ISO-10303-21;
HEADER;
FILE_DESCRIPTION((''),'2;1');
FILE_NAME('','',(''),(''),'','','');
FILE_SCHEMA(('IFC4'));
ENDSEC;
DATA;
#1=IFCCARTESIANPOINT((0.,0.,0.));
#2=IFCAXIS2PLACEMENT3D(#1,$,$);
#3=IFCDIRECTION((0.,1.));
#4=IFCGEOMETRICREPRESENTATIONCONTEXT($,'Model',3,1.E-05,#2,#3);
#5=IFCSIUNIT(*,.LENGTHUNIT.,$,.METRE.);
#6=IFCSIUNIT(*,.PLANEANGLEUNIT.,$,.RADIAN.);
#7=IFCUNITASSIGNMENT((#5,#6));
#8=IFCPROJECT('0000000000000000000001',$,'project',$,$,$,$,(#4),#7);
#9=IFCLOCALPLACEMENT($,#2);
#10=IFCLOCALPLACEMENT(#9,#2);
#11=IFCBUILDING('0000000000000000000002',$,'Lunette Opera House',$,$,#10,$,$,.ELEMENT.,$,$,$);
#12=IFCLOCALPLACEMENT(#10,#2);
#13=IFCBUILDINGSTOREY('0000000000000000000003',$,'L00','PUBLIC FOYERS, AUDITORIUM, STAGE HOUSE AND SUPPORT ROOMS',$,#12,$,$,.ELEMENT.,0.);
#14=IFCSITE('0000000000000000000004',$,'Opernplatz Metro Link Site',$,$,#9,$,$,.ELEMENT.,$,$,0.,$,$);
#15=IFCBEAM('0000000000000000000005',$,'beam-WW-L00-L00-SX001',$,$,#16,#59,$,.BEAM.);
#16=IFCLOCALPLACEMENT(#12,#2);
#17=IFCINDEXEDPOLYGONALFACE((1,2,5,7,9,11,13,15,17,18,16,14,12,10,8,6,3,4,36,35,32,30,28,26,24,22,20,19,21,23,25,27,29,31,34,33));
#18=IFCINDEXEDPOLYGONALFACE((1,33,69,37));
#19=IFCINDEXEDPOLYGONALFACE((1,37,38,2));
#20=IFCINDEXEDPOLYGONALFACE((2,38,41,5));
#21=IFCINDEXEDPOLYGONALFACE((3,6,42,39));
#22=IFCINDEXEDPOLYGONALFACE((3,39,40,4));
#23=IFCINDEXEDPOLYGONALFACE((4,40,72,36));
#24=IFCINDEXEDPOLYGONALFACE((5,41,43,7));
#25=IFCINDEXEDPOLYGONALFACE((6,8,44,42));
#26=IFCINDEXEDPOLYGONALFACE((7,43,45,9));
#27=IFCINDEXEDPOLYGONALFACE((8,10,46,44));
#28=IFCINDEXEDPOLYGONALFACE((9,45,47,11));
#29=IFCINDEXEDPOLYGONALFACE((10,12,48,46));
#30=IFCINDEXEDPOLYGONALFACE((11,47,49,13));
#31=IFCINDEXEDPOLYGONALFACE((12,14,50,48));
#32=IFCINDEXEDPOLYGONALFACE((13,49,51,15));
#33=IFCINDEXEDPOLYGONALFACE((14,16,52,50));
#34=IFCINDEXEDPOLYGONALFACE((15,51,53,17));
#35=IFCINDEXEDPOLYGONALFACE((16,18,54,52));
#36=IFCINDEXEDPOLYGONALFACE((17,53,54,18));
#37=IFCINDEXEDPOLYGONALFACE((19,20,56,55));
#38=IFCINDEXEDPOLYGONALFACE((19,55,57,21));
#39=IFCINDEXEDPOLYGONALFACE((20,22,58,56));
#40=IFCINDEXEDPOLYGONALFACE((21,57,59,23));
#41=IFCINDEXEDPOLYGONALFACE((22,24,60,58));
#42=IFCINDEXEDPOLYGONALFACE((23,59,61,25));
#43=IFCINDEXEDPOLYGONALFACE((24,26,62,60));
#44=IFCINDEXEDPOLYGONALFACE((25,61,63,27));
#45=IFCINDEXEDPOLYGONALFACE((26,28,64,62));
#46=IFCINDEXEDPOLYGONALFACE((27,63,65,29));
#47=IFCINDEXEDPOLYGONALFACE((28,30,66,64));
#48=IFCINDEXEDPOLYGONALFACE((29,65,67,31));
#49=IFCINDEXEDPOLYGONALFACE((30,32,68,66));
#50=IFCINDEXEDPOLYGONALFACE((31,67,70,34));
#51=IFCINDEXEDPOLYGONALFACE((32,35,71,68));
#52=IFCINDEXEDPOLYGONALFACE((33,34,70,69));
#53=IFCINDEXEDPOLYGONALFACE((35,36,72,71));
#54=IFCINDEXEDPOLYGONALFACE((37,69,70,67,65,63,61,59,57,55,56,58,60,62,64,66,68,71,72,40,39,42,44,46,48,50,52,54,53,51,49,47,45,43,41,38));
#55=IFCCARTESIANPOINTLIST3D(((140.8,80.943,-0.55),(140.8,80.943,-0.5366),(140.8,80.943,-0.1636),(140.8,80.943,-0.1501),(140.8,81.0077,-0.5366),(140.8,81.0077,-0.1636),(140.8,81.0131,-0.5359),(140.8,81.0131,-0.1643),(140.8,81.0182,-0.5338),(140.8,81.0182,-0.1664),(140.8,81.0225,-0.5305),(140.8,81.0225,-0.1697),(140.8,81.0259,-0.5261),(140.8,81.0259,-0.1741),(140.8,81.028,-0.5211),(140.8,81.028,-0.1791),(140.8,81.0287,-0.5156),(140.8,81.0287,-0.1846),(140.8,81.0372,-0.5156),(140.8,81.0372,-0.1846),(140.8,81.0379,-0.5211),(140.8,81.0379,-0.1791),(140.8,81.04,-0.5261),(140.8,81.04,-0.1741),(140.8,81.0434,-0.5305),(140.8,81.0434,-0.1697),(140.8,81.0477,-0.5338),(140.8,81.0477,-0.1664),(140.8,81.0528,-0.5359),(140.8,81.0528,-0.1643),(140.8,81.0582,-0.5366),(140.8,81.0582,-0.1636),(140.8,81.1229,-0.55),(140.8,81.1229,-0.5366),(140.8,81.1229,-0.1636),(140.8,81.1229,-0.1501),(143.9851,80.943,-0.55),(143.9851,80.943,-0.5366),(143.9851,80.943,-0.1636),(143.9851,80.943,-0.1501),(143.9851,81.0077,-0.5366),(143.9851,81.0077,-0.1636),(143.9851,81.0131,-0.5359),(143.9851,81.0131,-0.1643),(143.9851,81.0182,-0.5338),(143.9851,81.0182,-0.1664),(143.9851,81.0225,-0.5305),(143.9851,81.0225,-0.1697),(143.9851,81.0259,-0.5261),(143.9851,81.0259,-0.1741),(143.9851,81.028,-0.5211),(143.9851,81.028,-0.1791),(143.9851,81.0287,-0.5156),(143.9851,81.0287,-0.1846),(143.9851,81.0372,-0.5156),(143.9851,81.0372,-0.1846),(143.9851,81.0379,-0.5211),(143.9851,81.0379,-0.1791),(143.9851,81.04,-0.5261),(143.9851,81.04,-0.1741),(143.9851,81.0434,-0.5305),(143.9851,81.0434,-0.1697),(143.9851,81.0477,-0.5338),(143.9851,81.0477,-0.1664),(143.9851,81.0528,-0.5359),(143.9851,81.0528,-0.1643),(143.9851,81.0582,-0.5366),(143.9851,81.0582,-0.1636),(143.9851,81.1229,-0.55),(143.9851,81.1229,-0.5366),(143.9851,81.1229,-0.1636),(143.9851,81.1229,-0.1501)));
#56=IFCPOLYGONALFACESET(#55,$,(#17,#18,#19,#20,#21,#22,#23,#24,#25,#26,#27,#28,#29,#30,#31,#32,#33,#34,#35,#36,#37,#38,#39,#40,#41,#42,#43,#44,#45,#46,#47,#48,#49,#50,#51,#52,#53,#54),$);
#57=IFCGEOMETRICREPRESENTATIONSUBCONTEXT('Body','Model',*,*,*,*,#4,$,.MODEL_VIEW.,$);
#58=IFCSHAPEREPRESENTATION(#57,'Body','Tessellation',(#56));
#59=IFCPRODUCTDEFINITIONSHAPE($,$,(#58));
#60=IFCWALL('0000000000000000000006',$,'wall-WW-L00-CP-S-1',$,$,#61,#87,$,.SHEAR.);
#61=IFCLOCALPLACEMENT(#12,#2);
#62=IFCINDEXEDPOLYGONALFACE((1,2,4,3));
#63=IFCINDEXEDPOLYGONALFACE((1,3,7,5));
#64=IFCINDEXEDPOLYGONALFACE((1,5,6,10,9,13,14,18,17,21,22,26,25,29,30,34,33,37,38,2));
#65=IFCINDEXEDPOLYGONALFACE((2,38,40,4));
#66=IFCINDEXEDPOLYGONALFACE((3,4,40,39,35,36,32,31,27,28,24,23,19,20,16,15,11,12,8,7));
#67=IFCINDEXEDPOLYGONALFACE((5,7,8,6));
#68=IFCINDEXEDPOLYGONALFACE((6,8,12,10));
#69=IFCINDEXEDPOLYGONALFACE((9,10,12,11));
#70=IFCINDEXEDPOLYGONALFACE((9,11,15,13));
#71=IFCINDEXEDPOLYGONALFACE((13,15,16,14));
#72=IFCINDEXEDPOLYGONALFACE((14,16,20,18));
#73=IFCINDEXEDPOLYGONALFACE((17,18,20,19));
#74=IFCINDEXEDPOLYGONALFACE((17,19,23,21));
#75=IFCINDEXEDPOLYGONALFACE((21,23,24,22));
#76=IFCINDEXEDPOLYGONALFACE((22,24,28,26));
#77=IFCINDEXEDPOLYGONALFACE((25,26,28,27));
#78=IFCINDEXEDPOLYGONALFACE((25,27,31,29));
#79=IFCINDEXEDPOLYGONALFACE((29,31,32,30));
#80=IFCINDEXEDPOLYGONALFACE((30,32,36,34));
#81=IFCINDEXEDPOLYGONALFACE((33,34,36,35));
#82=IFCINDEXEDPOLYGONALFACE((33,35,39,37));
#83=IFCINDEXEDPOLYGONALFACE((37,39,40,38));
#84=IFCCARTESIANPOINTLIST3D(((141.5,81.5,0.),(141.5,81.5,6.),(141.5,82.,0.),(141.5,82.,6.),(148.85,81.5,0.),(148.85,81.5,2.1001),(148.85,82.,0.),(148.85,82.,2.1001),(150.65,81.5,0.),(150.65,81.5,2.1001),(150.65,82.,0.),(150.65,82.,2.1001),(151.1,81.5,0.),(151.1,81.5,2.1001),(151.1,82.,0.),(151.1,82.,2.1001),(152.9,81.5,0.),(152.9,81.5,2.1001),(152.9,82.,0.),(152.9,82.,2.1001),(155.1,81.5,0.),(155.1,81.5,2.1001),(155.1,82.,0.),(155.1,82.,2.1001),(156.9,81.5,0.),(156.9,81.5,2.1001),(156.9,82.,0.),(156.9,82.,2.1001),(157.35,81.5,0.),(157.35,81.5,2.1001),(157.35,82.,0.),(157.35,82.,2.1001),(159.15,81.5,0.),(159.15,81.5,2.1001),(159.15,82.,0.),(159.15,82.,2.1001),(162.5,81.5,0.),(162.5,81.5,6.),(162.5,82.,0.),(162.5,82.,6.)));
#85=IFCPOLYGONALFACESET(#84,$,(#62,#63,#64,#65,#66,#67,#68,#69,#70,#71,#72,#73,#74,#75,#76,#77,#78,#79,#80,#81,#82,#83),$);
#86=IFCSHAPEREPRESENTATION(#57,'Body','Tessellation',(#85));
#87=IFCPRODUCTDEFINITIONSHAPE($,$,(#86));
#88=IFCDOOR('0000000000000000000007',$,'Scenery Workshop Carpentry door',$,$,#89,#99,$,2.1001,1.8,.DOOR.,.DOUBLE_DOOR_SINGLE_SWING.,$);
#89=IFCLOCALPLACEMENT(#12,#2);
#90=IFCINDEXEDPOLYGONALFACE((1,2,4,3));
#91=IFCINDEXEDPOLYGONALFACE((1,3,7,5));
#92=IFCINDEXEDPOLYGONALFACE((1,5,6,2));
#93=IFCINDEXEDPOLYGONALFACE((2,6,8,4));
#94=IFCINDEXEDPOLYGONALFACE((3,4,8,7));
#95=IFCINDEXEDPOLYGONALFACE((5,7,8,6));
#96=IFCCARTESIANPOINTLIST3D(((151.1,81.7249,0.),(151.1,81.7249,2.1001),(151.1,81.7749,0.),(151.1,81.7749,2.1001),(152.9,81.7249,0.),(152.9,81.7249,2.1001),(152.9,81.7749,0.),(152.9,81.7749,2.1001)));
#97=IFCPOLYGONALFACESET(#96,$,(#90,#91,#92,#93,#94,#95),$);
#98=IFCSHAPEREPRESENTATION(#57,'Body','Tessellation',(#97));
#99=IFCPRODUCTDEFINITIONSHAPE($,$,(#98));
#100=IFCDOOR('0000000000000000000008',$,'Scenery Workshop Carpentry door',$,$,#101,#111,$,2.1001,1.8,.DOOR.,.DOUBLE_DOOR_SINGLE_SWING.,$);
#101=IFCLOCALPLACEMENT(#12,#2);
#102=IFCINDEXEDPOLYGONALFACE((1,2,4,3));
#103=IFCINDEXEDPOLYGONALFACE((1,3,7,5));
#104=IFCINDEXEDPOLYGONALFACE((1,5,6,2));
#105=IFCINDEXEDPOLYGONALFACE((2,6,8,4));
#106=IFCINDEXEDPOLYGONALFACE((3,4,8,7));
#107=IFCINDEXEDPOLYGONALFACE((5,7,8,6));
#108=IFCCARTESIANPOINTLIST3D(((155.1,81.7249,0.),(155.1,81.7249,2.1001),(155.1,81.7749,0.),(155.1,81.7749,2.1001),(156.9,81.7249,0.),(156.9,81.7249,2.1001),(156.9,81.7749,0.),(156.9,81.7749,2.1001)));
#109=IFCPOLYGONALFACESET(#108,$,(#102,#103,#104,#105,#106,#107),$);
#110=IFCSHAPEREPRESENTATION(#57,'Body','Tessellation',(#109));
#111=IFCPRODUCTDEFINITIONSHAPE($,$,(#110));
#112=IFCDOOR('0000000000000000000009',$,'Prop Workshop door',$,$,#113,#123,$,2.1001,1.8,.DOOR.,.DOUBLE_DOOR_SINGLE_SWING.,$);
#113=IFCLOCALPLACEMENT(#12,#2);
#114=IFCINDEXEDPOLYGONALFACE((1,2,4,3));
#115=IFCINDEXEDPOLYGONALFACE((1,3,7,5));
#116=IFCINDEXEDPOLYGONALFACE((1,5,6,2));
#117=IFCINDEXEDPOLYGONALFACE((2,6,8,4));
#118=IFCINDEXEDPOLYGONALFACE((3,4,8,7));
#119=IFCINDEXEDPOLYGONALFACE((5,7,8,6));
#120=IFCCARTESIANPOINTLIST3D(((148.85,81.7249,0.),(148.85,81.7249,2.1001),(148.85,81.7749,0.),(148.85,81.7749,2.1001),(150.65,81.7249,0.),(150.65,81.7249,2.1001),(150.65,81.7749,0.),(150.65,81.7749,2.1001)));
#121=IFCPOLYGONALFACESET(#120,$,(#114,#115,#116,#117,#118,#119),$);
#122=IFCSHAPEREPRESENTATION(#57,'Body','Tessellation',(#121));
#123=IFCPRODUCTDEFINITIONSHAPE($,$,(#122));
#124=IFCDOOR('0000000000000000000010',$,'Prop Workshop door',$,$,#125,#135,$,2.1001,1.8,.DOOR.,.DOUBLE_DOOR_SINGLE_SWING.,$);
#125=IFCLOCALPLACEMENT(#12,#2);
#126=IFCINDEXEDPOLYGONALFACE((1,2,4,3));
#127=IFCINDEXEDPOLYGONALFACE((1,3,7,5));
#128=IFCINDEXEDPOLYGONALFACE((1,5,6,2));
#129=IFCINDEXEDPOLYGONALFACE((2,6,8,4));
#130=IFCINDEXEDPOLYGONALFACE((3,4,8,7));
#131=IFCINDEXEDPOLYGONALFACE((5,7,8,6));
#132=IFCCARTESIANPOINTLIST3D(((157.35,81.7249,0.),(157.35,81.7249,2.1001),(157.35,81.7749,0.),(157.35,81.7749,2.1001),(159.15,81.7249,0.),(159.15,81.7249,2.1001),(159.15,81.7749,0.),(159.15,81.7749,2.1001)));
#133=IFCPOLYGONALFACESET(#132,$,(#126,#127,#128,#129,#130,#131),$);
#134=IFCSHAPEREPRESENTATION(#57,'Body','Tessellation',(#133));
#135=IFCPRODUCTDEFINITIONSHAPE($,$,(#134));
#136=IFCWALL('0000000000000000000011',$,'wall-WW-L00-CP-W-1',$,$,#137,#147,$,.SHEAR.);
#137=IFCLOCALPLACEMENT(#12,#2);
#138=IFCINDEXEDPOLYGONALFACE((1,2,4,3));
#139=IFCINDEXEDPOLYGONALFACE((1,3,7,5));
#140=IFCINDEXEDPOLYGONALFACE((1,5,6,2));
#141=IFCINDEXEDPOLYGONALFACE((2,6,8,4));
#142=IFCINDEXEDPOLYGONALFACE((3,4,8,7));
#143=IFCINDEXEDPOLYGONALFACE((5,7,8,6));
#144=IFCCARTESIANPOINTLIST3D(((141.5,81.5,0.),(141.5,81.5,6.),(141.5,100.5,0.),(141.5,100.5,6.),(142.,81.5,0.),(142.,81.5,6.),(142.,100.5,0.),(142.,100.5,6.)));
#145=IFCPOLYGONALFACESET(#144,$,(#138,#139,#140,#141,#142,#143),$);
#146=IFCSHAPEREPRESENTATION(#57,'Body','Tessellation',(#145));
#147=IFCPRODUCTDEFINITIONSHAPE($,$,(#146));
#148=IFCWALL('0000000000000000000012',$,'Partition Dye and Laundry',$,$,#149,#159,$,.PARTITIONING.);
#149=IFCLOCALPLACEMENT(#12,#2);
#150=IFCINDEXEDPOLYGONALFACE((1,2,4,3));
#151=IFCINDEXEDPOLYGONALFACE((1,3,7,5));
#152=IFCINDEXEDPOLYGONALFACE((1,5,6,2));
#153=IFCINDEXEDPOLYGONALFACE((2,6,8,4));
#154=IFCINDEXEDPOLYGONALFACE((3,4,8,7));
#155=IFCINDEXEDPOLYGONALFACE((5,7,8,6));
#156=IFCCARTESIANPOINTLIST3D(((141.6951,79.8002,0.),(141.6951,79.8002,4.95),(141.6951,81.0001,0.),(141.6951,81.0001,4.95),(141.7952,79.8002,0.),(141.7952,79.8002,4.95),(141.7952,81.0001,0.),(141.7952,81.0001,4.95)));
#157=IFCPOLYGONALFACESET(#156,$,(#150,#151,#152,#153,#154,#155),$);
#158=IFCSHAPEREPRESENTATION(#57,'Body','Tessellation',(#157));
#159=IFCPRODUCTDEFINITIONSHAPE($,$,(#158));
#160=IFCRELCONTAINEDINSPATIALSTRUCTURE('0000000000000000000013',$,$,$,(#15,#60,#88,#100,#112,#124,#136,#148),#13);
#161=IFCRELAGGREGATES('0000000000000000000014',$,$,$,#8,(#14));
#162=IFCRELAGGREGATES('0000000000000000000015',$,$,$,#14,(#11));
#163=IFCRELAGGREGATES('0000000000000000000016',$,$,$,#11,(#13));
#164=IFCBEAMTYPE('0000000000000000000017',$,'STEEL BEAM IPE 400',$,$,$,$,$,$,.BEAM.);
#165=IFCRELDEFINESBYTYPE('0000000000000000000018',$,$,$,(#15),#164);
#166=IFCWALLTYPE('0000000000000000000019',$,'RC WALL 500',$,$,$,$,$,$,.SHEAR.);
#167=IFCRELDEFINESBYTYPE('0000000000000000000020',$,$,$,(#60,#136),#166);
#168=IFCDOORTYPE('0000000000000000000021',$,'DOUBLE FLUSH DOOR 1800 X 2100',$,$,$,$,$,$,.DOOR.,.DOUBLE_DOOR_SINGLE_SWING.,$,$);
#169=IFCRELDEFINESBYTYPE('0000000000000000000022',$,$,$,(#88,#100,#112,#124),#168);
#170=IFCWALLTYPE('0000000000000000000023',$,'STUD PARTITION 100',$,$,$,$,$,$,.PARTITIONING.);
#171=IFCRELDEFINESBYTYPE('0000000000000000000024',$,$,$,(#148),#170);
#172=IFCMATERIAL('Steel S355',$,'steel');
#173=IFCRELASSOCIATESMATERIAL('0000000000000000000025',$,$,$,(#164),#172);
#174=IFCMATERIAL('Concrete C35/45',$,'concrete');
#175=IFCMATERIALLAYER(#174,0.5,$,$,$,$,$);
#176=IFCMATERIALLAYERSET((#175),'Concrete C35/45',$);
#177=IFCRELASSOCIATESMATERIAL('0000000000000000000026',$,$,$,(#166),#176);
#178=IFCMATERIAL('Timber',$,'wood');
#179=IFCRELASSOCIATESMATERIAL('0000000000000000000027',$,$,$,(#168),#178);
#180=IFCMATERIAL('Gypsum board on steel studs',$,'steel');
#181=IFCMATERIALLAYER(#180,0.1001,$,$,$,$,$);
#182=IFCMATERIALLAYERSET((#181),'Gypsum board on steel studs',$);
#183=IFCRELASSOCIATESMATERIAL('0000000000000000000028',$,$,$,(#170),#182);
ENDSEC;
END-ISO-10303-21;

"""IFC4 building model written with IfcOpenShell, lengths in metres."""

from ifc_helpers import new_model, si_unit, direction, frame, frame_2d, origin, origin_2d, place, context, subcontext, project, spatial, rectangle, i_section, extrude, material, layer, layer_set, material_profile, profile_set, type_object, element, fill, save


model = new_model("IFC4")

# Units and contexts
model_context = context("Model", 3, precision=1e-05, world=origin(), true_north=direction((0.0, 1.0)))
body_context = subcontext(model_context, "Body", "Model", "MODEL_VIEW")
ifc_project = project(units=[si_unit("LENGTHUNIT", "METRE"), si_unit("PLANEANGLEUNIT", "RADIAN")], contexts=[model_context])

# Site, building, storey
site_placement = place(None, origin())
site = spatial("IfcSite", under=ifc_project, at=site_placement, Name="Opernplatz Metro Link Site", CompositionType="ELEMENT", RefElevation=0.0)
building_placement = place(site_placement, origin())
building = spatial("IfcBuilding", under=site, at=building_placement, Name="Lunette Opera House", CompositionType="ELEMENT")
storey_placement = place(building_placement, origin())
storey = spatial("IfcBuildingStorey", under=building, at=storey_placement, Name="L00", Description="PUBLIC FOYERS, AUDITORIUM, STAGE HOUSE AND SUPPORT ROOMS", CompositionType="ELEMENT", Elevation=0.0)

# Beam
ifc_material_1 = material(Name="Steel S355", Category="steel")
ifc_material_profile = material_profile(ifc_material_1, i_section(OverallWidth=0.1799, OverallDepth=0.3999, WebThickness=0.0085, FlangeThickness=0.0134, FilletRadius=0.021, at=origin_2d()), Name="IPE 400")
ifc_profile_set = profile_set([ifc_material_profile], Name="Steel S355")
beam_type = type_object("IfcBeamType", Name="STEEL BEAM IPE 400", PredefinedType="BEAM", material=ifc_profile_set)
beam_placement = place(storey_placement, frame((140.8, 81.033, -0.3501), z_axis=(1.0, 0.0, 0.0), x_axis=(0.0, 1.0, 0.0)))
element("IfcBeam", 1, at=beam_placement, inside=storey, type_object=beam_type, Name="beam-WW-L00-L00-SX001", PredefinedType="BEAM", context=body_context, shape_type="SweptSolid", body=[
    extrude(i_section(OverallWidth=0.1799, OverallDepth=0.3999, WebThickness=0.0085, FlangeThickness=0.0134, FilletRadius=0.021, at=origin_2d()), origin(), (0.0, 0.0, 1.0), 3.1851),
])

# Wall, openings, doors
ifc_material_2 = material(Name="Concrete C35/45", Category="concrete")
ifc_layer_1 = layer(ifc_material_2, 0.5)
ifc_layer_set_1 = layer_set([ifc_layer_1], Name="Concrete C35/45")
wall_type_1 = type_object("IfcWallType", Name="RC WALL 500", PredefinedType="SHEAR", material=ifc_layer_set_1)
wall_1_placement = place(storey_placement, frame((141.5, 81.75, 0.0), z_axis=(0.0, 0.0, 1.0), x_axis=(1.0, 0.0, 0.0)))
wall_1 = element("IfcWall", 2, at=wall_1_placement, inside=storey, type_object=wall_type_1, Name="wall-WW-L00-CP-S-1", PredefinedType="SHEAR", context=body_context, shape_type="SweptSolid", body=[
    extrude(rectangle(XDim=21.0, YDim=0.5, at=frame_2d((10.5, 0.0))), origin(), (0.0, 0.0, 1.0), 6.0),
])
opening_1_placement = place(wall_1_placement, frame((9.6001, 0.0, 0.0)))
opening_1 = element("IfcOpeningElement", 3, at=opening_1_placement, cuts=wall_1, PredefinedType="OPENING", context=body_context, shape_type="SweptSolid", body=[
    extrude(rectangle(XDim=1.8, YDim=2.1001, at=frame_2d((0.8999, 1.05))), frame((0.0, 0.262, 0.0), z_axis=(0.0, -1.0, 0.0), x_axis=(1.0, 0.0, 0.0)), (0.0, 0.0, 1.0), 0.5239),
])
opening_2_placement = place(wall_1_placement, frame((13.6001, 0.0, 0.0)))
opening_2 = element("IfcOpeningElement", 4, at=opening_2_placement, cuts=wall_1, PredefinedType="OPENING", context=body_context, shape_type="SweptSolid", body=[
    extrude(rectangle(XDim=1.8, YDim=2.1001, at=frame_2d((0.8999, 1.05))), frame((0.0, 0.262, 0.0), z_axis=(0.0, -1.0, 0.0), x_axis=(1.0, 0.0, 0.0)), (0.0, 0.0, 1.0), 0.5239),
])
opening_3_placement = place(wall_1_placement, frame((7.3501, 0.0, 0.0)))
opening_3 = element("IfcOpeningElement", 5, at=opening_3_placement, cuts=wall_1, PredefinedType="OPENING", context=body_context, shape_type="SweptSolid", body=[
    extrude(rectangle(XDim=1.8, YDim=2.1001, at=frame_2d((0.8999, 1.05))), frame((0.0, 0.262, 0.0), z_axis=(0.0, -1.0, 0.0), x_axis=(1.0, 0.0, 0.0)), (0.0, 0.0, 1.0), 0.5239),
])
opening_4_placement = place(wall_1_placement, frame((15.8501, 0.0, 0.0)))
opening_4 = element("IfcOpeningElement", 6, at=opening_4_placement, cuts=wall_1, PredefinedType="OPENING", context=body_context, shape_type="SweptSolid", body=[
    extrude(rectangle(XDim=1.8, YDim=2.1001, at=frame_2d((0.8999, 1.05))), frame((0.0, 0.262, 0.0), z_axis=(0.0, -1.0, 0.0), x_axis=(1.0, 0.0, 0.0)), (0.0, 0.0, 1.0), 0.5239),
])
ifc_material_3 = material(Name="Timber", Category="wood")
door_type = type_object("IfcDoorType", Name="DOUBLE FLUSH DOOR 1800 X 2100", OperationType="DOUBLE_DOOR_SINGLE_SWING", PredefinedType="DOOR", material=ifc_material_3)
door_1_placement = place(opening_1_placement, origin())
door_1 = element("IfcDoor", 7, at=door_1_placement, inside=storey, type_object=door_type, Name="Scenery Workshop Carpentry door", OperationType="DOUBLE_DOOR_SINGLE_SWING", OverallHeight=2.1001, OverallWidth=1.8, PredefinedType="DOOR", context=body_context, shape_type="SweptSolid", body=[
    extrude(rectangle(XDim=1.8, YDim=2.1001, at=frame_2d((0.8999, 1.05))), frame((0.0, 0.0249, 0.0), z_axis=(0.0, -1.0, 0.0), x_axis=(1.0, 0.0, 0.0)), (0.0, 0.0, 1.0), 0.05),
])
fill(opening_1, door_1)
door_2_placement = place(opening_2_placement, origin())
door_2 = element("IfcDoor", 8, at=door_2_placement, inside=storey, type_object=door_type, Name="Scenery Workshop Carpentry door", OperationType="DOUBLE_DOOR_SINGLE_SWING", OverallHeight=2.1001, OverallWidth=1.8, PredefinedType="DOOR", context=body_context, shape_type="SweptSolid", body=[
    extrude(rectangle(XDim=1.8, YDim=2.1001, at=frame_2d((0.8999, 1.05))), frame((0.0, 0.0249, 0.0), z_axis=(0.0, -1.0, 0.0), x_axis=(1.0, 0.0, 0.0)), (0.0, 0.0, 1.0), 0.05),
])
fill(opening_2, door_2)
door_3_placement = place(opening_3_placement, origin())
door_3 = element("IfcDoor", 9, at=door_3_placement, inside=storey, type_object=door_type, Name="Prop Workshop door", OperationType="DOUBLE_DOOR_SINGLE_SWING", OverallHeight=2.1001, OverallWidth=1.8, PredefinedType="DOOR", context=body_context, shape_type="SweptSolid", body=[
    extrude(rectangle(XDim=1.8, YDim=2.1001, at=frame_2d((0.8999, 1.05))), frame((0.0, 0.0249, 0.0), z_axis=(0.0, -1.0, 0.0), x_axis=(1.0, 0.0, 0.0)), (0.0, 0.0, 1.0), 0.05),
])
fill(opening_3, door_3)
door_4_placement = place(opening_4_placement, origin())
door_4 = element("IfcDoor", 10, at=door_4_placement, inside=storey, type_object=door_type, Name="Prop Workshop door", OperationType="DOUBLE_DOOR_SINGLE_SWING", OverallHeight=2.1001, OverallWidth=1.8, PredefinedType="DOOR", context=body_context, shape_type="SweptSolid", body=[
    extrude(rectangle(XDim=1.8, YDim=2.1001, at=frame_2d((0.8999, 1.05))), frame((0.0, 0.0249, 0.0), z_axis=(0.0, -1.0, 0.0), x_axis=(1.0, 0.0, 0.0)), (0.0, 0.0, 1.0), 0.05),
])
fill(opening_4, door_4)

# Walls
wall_2_placement = place(storey_placement, frame((141.75, 81.5, 0.0), z_axis=(0.0, 0.0, 1.0), x_axis=(0.0, 1.0, 0.0)))
element("IfcWall", 11, at=wall_2_placement, inside=storey, type_object=wall_type_1, Name="wall-WW-L00-CP-W-1", PredefinedType="SHEAR", context=body_context, shape_type="SweptSolid", body=[
    extrude(rectangle(XDim=19.0, YDim=0.5, at=frame_2d((9.5, 0.0))), origin(), (0.0, 0.0, 1.0), 6.0),
])
ifc_material_4 = material(Name="Gypsum board on steel studs", Category="steel")
ifc_layer_2 = layer(ifc_material_4, 0.1001)
ifc_layer_set_2 = layer_set([ifc_layer_2], Name="Gypsum board on steel studs")
wall_type_2 = type_object("IfcWallType", Name="STUD PARTITION 100", PredefinedType="PARTITIONING", material=ifc_layer_set_2)
wall_3_placement = place(storey_placement, frame((141.7451, 79.8, 0.0), z_axis=(0.0, 0.0, 1.0), x_axis=(0.0, 1.0, 0.0)))
element("IfcWall", 12, at=wall_3_placement, inside=storey, type_object=wall_type_2, Name="Partition Dye and Laundry", PredefinedType="PARTITIONING", context=body_context, shape_type="SweptSolid", body=[
    extrude(rectangle(XDim=1.2, YDim=0.1001, at=frame_2d((0.6001, 0.0))), origin(), (0.0, 0.0, 1.0), 4.95),
])

save(model, "model.ifc")
